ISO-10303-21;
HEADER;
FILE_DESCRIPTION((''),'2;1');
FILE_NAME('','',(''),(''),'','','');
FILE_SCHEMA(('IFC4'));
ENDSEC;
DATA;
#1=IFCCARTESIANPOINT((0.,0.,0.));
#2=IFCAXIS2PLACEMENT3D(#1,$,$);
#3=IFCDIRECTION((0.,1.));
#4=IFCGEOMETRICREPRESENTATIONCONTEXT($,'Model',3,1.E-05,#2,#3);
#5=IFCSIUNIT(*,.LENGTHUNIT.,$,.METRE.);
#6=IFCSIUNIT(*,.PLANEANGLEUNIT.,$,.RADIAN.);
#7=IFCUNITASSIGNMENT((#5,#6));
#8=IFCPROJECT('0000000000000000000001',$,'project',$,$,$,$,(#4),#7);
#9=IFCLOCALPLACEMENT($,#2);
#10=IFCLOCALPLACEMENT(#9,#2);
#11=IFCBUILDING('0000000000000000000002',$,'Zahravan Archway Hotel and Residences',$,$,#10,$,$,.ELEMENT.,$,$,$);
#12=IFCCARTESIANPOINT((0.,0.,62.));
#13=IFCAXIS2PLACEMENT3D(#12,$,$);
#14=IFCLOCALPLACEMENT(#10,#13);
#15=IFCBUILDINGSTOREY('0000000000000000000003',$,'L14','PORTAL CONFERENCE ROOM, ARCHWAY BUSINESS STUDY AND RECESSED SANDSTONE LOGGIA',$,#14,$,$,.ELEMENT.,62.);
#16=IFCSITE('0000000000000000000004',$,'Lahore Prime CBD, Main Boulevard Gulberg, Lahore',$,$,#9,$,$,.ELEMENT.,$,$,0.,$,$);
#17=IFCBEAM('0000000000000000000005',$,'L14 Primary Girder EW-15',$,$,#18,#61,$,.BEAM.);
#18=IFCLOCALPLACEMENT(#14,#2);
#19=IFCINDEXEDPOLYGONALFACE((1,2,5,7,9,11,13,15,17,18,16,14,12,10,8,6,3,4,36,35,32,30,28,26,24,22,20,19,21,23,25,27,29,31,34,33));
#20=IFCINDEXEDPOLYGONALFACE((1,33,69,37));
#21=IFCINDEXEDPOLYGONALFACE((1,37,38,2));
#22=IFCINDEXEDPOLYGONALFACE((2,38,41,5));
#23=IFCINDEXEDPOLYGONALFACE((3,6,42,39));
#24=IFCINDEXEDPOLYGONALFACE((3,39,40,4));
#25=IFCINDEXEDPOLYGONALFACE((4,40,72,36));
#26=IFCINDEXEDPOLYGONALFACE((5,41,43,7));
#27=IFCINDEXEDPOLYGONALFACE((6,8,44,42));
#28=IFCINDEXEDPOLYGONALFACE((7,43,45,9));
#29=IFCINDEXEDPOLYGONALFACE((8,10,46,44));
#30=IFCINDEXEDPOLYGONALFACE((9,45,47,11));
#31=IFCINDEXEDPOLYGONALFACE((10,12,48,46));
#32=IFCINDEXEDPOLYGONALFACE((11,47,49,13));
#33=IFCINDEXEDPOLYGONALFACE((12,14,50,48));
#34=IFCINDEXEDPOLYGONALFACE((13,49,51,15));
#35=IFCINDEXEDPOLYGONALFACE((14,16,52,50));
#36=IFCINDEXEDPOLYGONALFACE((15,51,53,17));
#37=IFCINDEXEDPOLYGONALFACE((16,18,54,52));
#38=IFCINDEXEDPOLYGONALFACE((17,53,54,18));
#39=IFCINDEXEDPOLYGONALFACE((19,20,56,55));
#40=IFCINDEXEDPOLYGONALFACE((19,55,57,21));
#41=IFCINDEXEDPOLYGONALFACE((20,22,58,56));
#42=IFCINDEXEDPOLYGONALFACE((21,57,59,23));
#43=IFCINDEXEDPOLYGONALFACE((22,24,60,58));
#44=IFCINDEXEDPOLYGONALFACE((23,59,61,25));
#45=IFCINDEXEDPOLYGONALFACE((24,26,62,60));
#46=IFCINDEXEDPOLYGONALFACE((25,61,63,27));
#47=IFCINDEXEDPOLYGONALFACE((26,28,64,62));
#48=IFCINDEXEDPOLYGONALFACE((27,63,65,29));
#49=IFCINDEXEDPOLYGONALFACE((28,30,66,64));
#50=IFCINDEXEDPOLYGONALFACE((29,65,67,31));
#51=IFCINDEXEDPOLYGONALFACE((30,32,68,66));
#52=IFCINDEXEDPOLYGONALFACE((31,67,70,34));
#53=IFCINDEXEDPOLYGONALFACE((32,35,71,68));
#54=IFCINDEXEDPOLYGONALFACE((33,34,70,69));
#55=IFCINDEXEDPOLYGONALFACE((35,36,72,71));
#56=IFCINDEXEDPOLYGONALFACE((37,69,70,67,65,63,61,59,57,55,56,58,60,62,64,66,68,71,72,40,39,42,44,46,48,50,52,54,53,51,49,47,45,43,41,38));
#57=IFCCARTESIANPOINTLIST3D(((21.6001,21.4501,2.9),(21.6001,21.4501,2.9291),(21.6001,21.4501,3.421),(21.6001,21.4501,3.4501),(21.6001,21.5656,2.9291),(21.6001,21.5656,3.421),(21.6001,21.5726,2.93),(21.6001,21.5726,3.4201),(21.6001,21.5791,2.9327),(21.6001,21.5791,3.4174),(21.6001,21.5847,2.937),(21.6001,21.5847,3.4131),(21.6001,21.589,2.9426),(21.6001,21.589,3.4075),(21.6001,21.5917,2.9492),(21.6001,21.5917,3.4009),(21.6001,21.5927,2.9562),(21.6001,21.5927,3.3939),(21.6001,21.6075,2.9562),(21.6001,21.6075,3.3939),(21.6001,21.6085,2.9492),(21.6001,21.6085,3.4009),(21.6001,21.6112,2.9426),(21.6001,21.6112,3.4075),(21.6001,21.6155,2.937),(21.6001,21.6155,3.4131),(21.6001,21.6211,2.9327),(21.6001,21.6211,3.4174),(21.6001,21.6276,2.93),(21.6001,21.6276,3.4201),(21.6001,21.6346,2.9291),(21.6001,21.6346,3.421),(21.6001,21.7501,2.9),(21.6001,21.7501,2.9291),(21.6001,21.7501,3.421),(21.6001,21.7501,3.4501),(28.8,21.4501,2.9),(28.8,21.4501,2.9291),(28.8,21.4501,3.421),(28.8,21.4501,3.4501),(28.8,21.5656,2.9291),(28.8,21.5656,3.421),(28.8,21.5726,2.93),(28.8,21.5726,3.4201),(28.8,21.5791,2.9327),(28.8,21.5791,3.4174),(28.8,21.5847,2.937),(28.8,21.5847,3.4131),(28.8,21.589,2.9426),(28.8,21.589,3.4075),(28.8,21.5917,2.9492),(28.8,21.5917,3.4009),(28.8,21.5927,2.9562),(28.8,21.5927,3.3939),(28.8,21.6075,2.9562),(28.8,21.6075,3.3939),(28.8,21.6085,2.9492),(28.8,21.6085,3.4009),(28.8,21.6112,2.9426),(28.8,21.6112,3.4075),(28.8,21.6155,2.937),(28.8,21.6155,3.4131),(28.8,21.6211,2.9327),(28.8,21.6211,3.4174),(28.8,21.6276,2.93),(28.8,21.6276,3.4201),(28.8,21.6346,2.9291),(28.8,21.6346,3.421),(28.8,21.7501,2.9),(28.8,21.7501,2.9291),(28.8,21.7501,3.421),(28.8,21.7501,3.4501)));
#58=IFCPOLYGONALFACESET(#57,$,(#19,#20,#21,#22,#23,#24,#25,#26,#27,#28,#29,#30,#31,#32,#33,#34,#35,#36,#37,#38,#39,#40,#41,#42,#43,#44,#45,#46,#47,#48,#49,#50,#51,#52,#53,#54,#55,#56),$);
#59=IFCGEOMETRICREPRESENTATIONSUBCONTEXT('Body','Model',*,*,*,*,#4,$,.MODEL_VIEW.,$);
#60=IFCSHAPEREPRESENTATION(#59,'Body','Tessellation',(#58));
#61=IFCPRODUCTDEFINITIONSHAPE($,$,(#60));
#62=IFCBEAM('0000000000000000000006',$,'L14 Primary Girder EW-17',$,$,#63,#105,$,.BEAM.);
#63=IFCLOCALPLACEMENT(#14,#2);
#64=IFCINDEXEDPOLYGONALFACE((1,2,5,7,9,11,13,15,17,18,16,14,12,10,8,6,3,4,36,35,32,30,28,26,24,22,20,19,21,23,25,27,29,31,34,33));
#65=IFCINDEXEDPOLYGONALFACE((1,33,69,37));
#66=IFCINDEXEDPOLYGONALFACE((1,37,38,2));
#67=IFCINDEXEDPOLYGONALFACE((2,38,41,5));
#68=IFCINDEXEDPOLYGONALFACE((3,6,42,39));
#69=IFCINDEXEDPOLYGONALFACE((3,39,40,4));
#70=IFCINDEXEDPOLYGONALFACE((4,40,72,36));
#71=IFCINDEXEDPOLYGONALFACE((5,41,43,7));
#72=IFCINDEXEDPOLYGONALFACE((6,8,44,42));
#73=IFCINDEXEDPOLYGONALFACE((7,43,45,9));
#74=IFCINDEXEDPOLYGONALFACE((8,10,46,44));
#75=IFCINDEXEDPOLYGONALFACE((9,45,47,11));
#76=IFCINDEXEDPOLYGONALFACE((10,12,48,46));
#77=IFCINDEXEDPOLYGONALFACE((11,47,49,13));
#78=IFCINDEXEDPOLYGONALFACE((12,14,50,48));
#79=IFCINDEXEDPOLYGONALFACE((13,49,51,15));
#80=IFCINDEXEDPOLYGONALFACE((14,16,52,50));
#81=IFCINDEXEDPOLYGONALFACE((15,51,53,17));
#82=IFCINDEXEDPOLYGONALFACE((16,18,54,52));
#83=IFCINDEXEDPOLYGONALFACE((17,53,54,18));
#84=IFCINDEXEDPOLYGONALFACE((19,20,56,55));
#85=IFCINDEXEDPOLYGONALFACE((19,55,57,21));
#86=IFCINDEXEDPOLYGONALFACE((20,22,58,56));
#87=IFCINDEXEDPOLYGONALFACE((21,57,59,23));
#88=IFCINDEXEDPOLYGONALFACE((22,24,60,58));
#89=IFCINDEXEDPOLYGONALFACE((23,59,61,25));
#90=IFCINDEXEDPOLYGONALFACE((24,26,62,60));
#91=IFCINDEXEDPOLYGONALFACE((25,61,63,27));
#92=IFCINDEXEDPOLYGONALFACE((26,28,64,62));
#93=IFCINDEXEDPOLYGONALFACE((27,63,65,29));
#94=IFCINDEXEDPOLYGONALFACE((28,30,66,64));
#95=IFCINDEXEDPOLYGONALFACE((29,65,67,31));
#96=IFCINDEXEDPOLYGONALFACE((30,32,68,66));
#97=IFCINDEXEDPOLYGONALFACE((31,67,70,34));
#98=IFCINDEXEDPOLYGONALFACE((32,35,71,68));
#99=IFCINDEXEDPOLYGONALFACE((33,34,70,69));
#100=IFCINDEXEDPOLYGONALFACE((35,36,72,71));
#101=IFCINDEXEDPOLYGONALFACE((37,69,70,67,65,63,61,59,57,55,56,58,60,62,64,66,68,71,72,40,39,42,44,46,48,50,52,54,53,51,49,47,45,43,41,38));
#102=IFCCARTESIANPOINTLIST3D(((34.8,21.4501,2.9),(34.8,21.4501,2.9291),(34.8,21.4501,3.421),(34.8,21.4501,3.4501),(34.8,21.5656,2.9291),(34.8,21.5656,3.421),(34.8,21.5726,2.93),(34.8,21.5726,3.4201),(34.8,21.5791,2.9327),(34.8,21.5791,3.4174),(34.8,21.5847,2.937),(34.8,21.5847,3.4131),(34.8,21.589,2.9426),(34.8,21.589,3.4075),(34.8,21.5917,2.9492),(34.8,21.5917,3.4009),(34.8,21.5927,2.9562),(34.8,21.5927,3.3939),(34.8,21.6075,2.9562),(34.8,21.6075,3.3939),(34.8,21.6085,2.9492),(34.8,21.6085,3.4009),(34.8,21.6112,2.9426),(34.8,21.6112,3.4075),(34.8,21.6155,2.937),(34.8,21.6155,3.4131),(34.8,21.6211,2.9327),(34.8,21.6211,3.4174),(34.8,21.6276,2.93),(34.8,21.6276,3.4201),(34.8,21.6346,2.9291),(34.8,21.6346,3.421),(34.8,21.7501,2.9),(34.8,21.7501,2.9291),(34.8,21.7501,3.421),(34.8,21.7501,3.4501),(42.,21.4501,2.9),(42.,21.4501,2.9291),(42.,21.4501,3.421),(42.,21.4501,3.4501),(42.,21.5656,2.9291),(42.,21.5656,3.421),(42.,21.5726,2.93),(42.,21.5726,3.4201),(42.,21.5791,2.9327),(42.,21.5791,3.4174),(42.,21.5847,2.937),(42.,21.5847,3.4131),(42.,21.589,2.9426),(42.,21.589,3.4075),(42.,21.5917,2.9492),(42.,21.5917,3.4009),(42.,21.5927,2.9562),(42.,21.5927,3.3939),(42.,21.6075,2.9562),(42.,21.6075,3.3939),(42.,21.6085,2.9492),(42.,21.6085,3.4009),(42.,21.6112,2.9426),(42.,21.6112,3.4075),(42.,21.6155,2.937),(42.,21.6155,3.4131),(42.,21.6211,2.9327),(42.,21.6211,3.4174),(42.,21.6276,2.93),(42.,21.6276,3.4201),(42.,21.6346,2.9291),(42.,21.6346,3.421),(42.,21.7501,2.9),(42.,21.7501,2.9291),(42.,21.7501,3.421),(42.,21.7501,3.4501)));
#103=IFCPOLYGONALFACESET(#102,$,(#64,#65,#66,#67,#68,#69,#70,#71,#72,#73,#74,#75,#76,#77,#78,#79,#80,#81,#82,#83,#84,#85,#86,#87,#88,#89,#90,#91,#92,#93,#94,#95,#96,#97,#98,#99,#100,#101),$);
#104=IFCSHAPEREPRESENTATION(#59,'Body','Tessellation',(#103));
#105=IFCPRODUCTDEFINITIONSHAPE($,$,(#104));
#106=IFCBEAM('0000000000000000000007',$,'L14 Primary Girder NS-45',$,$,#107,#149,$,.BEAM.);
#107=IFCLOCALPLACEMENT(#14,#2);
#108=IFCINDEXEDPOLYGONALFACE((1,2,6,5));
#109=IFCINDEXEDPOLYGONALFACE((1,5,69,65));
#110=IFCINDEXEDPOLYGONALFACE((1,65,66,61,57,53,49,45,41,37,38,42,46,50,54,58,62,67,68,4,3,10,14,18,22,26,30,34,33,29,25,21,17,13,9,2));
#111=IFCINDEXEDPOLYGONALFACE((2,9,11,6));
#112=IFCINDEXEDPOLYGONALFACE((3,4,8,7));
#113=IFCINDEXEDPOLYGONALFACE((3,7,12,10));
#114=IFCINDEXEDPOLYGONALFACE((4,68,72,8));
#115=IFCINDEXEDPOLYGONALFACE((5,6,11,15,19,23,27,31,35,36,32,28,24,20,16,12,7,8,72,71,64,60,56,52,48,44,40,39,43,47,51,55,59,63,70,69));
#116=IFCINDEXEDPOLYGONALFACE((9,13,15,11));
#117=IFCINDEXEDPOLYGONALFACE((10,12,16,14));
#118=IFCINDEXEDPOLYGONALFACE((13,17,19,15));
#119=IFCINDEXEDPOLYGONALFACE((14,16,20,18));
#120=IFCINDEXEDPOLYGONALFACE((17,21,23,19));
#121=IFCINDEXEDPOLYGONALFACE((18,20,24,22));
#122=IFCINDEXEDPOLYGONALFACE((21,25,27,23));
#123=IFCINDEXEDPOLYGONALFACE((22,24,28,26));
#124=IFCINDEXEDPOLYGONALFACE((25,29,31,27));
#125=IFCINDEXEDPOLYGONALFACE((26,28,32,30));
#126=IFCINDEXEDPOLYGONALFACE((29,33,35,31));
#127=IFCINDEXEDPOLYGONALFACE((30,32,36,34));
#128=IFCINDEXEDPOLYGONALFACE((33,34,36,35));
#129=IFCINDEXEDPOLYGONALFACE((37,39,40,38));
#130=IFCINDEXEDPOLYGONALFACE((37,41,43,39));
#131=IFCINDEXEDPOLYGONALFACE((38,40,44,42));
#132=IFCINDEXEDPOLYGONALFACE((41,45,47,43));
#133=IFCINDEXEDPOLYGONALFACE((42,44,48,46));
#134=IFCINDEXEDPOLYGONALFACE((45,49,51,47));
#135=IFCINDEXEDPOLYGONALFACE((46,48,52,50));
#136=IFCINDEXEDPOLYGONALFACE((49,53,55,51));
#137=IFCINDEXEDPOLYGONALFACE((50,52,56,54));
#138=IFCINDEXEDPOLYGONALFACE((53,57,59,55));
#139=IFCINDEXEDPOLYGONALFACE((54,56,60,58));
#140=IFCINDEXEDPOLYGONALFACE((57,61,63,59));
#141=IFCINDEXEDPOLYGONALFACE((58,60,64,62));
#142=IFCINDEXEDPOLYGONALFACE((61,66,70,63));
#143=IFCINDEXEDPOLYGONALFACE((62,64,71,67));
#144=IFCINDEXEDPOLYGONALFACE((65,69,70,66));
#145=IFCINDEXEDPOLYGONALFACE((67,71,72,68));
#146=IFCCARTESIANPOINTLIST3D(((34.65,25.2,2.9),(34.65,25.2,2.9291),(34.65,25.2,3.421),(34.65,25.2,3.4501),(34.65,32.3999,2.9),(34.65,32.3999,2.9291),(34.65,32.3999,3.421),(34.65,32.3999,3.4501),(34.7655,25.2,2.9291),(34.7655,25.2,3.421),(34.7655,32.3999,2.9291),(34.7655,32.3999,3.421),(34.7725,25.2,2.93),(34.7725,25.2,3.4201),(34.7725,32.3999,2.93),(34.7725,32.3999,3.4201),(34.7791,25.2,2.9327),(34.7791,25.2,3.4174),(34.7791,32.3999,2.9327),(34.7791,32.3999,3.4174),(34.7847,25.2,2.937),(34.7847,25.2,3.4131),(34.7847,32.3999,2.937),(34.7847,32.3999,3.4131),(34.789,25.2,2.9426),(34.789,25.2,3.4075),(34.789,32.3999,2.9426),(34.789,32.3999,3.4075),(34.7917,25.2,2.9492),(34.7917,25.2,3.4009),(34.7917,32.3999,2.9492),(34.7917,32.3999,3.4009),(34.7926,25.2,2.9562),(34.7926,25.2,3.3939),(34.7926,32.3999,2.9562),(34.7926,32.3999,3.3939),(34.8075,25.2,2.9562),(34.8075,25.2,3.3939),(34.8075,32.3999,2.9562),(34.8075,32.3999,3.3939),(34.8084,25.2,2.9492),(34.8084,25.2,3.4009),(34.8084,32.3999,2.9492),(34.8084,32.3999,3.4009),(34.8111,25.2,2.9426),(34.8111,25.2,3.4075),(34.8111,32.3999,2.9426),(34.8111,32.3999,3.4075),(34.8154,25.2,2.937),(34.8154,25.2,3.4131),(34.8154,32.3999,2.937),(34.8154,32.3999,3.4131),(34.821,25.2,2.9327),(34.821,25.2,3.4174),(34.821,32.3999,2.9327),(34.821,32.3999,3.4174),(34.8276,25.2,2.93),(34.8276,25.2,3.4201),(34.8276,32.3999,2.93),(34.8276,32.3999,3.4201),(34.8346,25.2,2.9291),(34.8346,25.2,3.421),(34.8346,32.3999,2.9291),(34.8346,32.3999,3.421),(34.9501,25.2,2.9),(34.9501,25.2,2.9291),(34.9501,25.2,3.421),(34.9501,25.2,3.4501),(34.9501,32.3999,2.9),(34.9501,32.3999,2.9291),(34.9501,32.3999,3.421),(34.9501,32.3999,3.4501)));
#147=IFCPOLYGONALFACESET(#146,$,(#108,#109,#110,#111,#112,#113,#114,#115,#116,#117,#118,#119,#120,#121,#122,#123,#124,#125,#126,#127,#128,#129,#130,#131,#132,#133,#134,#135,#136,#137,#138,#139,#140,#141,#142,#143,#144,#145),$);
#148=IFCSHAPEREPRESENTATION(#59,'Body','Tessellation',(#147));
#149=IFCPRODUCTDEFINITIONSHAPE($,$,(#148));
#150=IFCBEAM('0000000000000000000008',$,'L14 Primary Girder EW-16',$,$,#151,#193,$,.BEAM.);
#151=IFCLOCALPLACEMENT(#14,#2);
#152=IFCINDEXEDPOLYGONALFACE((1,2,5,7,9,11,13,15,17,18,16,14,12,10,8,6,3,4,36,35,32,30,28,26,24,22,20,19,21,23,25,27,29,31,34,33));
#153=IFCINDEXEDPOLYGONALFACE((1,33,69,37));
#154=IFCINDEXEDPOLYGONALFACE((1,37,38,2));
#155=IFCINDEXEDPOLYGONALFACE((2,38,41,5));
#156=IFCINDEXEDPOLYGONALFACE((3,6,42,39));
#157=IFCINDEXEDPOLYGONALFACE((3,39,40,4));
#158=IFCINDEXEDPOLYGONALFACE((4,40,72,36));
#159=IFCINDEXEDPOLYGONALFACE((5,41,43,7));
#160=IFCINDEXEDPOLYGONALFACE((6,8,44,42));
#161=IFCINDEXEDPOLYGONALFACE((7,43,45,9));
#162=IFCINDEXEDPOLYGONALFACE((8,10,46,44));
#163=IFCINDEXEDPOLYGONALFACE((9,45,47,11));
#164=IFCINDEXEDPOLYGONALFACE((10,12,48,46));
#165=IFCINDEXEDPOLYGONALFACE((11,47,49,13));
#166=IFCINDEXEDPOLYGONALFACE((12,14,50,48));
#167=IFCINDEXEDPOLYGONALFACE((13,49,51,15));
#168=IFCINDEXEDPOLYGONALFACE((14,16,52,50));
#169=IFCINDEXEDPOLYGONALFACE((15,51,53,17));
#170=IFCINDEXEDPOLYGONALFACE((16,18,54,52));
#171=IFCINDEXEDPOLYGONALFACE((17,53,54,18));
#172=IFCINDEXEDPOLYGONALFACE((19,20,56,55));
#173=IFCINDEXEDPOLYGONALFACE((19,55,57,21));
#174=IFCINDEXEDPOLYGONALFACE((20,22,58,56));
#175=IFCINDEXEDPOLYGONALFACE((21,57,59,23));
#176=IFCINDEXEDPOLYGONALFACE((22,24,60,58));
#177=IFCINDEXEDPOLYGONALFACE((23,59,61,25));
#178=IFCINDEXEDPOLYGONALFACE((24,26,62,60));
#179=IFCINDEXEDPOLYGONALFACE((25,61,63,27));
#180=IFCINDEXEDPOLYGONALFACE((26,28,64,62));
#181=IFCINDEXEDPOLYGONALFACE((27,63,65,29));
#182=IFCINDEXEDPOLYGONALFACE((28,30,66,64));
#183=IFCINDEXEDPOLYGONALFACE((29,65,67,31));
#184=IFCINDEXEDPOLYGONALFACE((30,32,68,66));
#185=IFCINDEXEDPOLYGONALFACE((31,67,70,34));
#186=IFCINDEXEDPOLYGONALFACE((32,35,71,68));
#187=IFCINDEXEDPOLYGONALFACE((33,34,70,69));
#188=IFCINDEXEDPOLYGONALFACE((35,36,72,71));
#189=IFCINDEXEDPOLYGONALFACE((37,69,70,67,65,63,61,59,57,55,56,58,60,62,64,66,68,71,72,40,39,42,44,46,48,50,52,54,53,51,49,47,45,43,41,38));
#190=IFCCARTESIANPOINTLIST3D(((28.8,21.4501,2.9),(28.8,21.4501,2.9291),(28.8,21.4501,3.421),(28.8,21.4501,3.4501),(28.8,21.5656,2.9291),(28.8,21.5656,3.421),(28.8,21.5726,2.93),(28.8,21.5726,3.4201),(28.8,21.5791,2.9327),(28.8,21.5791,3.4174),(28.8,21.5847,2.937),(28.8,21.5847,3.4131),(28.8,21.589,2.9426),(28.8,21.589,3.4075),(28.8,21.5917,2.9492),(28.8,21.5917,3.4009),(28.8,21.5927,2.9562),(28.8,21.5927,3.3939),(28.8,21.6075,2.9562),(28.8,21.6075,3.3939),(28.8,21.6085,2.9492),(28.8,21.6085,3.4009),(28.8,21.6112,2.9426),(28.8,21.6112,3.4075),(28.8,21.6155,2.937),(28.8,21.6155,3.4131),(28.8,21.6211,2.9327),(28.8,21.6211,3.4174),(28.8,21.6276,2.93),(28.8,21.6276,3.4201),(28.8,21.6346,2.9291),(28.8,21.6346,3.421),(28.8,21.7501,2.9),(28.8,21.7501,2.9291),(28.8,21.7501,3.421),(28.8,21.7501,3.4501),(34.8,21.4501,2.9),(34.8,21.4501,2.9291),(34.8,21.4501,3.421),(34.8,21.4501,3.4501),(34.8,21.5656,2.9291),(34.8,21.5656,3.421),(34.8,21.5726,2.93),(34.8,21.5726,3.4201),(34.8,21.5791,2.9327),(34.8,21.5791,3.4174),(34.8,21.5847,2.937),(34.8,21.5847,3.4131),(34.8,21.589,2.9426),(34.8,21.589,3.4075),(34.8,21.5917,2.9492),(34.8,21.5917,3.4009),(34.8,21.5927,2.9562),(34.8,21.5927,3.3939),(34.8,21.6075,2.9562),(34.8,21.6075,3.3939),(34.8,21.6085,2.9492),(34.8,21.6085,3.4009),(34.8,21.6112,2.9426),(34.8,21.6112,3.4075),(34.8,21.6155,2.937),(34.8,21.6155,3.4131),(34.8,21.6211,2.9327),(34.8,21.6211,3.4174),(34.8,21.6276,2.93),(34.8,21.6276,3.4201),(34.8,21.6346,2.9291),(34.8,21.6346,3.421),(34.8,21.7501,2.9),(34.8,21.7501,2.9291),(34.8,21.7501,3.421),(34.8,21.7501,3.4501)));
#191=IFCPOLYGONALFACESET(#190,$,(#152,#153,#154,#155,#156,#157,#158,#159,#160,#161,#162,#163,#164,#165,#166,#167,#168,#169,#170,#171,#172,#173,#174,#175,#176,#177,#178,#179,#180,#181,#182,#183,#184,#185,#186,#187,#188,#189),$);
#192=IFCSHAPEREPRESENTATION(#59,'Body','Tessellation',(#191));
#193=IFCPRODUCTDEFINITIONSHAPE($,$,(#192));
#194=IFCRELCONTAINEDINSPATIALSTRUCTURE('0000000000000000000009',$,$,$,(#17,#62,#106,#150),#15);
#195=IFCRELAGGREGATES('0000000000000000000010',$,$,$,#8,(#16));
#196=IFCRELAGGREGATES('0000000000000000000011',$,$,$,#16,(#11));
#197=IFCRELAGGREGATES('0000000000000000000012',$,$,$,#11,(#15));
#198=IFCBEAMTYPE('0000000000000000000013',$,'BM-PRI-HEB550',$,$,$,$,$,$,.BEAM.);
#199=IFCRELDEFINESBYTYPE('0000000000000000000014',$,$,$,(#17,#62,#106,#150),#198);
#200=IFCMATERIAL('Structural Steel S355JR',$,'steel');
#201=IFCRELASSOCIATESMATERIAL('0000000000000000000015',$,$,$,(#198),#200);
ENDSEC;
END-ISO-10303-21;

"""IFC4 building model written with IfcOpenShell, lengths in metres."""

from ifc_helpers import new_model, si_unit, direction, frame, origin, origin_2d, place, context, subcontext, project, spatial, i_section, extrude, source, transform, mapped, material, material_profile, profile_set, type_object, element, save


model = new_model("IFC4")

# Units and contexts
model_context = context("Model", 3, precision=1e-05, world=origin(), true_north=direction((0.0, 1.0)))
body_context = subcontext(model_context, "Body", "Model", "MODEL_VIEW")
ifc_project = project(units=[si_unit("LENGTHUNIT", "METRE"), si_unit("PLANEANGLEUNIT", "RADIAN")], contexts=[model_context])

# Site, building, storey
site_placement = place(None, origin())
site = spatial("IfcSite", under=ifc_project, at=site_placement, Name="Lahore Prime CBD, Main Boulevard Gulberg, Lahore", CompositionType="ELEMENT", RefElevation=0.0)
building_placement = place(site_placement, origin())
building = spatial("IfcBuilding", under=site, at=building_placement, Name="Zahravan Archway Hotel and Residences", CompositionType="ELEMENT")
storey_placement = place(building_placement, frame((0.0, 0.0, 62.0)))
storey = spatial("IfcBuildingStorey", under=building, at=storey_placement, Name="L14", Description="PORTAL CONFERENCE ROOM, ARCHWAY BUSINESS STUDY AND RECESSED SANDSTONE LOGGIA", CompositionType="ELEMENT", Elevation=62.0)

# Beams
ifc_material_1 = material(Name="Structural Steel S355JR", Category="steel")
ifc_material_profile_1 = material_profile(ifc_material_1, i_section(OverallWidth=0.3, OverallDepth=0.55, WebThickness=0.0149, FlangeThickness=0.0291, FilletRadius=0.0271, at=origin_2d()), Name="HEB 550", Category="steel")
ifc_profile_set_1 = profile_set([ifc_material_profile_1], Name="Structural Steel S355JR")
beam_type_1 = type_object("IfcBeamType", Name="BM-PRI-HEB550", PredefinedType="BEAM", material=ifc_profile_set_1)
shared_shape_1 = source(origin(), body_context, "Body", "SweptSolid", [
    extrude(i_section(OverallWidth=0.3, OverallDepth=0.55, WebThickness=0.0149, FlangeThickness=0.0291, FilletRadius=0.0271, at=origin_2d()), origin(), (0.0, 0.0, 1.0), 7.2),
])
for number, where, z_axis, x_axis, name in (
    (1, (21.6001, 21.6001, 3.175), (1.0, 0.0, 0.0), (0.0, 1.0, 0.0), "L14 Primary Girder EW-15"),
    (2, (34.8, 21.6001, 3.175), (1.0, 0.0, 0.0), (0.0, 1.0, 0.0), "L14 Primary Girder EW-17"),
    (3, (34.8, 25.2, 3.175), (0.0, 1.0, 0.0), (-1.0, 0.0, 0.0), "L14 Primary Girder NS-45"),
):
    element("IfcBeam", number, at=place(storey_placement, frame(where, z_axis=z_axis, x_axis=x_axis)), inside=storey, type_object=beam_type_1, Name=name, PredefinedType="BEAM", context=body_context, shape_type="MappedRepresentation", body=[
        mapped(shared_shape_1, transform((0.0, 0.0, 0.0), scale=1.0)),
    ])
shared_shape_2 = source(origin(), body_context, "Body", "SweptSolid", [
    extrude(i_section(OverallWidth=0.3, OverallDepth=0.55, WebThickness=0.0149, FlangeThickness=0.0291, FilletRadius=0.0271, at=origin_2d()), origin(), (0.0, 0.0, 1.0), 6.0),
])
beam_1_placement = place(storey_placement, frame((28.8, 21.6001, 3.175), z_axis=(1.0, 0.0, 0.0), x_axis=(0.0, 1.0, 0.0)))
element("IfcBeam", 4, at=beam_1_placement, inside=storey, type_object=beam_type_1, Name="L14 Primary Girder EW-16", PredefinedType="BEAM", context=body_context, shape_type="MappedRepresentation", body=[
    mapped(shared_shape_2, transform((0.0, 0.0, 0.0), scale=1.0)),
])

save(model, "model.ifc")
